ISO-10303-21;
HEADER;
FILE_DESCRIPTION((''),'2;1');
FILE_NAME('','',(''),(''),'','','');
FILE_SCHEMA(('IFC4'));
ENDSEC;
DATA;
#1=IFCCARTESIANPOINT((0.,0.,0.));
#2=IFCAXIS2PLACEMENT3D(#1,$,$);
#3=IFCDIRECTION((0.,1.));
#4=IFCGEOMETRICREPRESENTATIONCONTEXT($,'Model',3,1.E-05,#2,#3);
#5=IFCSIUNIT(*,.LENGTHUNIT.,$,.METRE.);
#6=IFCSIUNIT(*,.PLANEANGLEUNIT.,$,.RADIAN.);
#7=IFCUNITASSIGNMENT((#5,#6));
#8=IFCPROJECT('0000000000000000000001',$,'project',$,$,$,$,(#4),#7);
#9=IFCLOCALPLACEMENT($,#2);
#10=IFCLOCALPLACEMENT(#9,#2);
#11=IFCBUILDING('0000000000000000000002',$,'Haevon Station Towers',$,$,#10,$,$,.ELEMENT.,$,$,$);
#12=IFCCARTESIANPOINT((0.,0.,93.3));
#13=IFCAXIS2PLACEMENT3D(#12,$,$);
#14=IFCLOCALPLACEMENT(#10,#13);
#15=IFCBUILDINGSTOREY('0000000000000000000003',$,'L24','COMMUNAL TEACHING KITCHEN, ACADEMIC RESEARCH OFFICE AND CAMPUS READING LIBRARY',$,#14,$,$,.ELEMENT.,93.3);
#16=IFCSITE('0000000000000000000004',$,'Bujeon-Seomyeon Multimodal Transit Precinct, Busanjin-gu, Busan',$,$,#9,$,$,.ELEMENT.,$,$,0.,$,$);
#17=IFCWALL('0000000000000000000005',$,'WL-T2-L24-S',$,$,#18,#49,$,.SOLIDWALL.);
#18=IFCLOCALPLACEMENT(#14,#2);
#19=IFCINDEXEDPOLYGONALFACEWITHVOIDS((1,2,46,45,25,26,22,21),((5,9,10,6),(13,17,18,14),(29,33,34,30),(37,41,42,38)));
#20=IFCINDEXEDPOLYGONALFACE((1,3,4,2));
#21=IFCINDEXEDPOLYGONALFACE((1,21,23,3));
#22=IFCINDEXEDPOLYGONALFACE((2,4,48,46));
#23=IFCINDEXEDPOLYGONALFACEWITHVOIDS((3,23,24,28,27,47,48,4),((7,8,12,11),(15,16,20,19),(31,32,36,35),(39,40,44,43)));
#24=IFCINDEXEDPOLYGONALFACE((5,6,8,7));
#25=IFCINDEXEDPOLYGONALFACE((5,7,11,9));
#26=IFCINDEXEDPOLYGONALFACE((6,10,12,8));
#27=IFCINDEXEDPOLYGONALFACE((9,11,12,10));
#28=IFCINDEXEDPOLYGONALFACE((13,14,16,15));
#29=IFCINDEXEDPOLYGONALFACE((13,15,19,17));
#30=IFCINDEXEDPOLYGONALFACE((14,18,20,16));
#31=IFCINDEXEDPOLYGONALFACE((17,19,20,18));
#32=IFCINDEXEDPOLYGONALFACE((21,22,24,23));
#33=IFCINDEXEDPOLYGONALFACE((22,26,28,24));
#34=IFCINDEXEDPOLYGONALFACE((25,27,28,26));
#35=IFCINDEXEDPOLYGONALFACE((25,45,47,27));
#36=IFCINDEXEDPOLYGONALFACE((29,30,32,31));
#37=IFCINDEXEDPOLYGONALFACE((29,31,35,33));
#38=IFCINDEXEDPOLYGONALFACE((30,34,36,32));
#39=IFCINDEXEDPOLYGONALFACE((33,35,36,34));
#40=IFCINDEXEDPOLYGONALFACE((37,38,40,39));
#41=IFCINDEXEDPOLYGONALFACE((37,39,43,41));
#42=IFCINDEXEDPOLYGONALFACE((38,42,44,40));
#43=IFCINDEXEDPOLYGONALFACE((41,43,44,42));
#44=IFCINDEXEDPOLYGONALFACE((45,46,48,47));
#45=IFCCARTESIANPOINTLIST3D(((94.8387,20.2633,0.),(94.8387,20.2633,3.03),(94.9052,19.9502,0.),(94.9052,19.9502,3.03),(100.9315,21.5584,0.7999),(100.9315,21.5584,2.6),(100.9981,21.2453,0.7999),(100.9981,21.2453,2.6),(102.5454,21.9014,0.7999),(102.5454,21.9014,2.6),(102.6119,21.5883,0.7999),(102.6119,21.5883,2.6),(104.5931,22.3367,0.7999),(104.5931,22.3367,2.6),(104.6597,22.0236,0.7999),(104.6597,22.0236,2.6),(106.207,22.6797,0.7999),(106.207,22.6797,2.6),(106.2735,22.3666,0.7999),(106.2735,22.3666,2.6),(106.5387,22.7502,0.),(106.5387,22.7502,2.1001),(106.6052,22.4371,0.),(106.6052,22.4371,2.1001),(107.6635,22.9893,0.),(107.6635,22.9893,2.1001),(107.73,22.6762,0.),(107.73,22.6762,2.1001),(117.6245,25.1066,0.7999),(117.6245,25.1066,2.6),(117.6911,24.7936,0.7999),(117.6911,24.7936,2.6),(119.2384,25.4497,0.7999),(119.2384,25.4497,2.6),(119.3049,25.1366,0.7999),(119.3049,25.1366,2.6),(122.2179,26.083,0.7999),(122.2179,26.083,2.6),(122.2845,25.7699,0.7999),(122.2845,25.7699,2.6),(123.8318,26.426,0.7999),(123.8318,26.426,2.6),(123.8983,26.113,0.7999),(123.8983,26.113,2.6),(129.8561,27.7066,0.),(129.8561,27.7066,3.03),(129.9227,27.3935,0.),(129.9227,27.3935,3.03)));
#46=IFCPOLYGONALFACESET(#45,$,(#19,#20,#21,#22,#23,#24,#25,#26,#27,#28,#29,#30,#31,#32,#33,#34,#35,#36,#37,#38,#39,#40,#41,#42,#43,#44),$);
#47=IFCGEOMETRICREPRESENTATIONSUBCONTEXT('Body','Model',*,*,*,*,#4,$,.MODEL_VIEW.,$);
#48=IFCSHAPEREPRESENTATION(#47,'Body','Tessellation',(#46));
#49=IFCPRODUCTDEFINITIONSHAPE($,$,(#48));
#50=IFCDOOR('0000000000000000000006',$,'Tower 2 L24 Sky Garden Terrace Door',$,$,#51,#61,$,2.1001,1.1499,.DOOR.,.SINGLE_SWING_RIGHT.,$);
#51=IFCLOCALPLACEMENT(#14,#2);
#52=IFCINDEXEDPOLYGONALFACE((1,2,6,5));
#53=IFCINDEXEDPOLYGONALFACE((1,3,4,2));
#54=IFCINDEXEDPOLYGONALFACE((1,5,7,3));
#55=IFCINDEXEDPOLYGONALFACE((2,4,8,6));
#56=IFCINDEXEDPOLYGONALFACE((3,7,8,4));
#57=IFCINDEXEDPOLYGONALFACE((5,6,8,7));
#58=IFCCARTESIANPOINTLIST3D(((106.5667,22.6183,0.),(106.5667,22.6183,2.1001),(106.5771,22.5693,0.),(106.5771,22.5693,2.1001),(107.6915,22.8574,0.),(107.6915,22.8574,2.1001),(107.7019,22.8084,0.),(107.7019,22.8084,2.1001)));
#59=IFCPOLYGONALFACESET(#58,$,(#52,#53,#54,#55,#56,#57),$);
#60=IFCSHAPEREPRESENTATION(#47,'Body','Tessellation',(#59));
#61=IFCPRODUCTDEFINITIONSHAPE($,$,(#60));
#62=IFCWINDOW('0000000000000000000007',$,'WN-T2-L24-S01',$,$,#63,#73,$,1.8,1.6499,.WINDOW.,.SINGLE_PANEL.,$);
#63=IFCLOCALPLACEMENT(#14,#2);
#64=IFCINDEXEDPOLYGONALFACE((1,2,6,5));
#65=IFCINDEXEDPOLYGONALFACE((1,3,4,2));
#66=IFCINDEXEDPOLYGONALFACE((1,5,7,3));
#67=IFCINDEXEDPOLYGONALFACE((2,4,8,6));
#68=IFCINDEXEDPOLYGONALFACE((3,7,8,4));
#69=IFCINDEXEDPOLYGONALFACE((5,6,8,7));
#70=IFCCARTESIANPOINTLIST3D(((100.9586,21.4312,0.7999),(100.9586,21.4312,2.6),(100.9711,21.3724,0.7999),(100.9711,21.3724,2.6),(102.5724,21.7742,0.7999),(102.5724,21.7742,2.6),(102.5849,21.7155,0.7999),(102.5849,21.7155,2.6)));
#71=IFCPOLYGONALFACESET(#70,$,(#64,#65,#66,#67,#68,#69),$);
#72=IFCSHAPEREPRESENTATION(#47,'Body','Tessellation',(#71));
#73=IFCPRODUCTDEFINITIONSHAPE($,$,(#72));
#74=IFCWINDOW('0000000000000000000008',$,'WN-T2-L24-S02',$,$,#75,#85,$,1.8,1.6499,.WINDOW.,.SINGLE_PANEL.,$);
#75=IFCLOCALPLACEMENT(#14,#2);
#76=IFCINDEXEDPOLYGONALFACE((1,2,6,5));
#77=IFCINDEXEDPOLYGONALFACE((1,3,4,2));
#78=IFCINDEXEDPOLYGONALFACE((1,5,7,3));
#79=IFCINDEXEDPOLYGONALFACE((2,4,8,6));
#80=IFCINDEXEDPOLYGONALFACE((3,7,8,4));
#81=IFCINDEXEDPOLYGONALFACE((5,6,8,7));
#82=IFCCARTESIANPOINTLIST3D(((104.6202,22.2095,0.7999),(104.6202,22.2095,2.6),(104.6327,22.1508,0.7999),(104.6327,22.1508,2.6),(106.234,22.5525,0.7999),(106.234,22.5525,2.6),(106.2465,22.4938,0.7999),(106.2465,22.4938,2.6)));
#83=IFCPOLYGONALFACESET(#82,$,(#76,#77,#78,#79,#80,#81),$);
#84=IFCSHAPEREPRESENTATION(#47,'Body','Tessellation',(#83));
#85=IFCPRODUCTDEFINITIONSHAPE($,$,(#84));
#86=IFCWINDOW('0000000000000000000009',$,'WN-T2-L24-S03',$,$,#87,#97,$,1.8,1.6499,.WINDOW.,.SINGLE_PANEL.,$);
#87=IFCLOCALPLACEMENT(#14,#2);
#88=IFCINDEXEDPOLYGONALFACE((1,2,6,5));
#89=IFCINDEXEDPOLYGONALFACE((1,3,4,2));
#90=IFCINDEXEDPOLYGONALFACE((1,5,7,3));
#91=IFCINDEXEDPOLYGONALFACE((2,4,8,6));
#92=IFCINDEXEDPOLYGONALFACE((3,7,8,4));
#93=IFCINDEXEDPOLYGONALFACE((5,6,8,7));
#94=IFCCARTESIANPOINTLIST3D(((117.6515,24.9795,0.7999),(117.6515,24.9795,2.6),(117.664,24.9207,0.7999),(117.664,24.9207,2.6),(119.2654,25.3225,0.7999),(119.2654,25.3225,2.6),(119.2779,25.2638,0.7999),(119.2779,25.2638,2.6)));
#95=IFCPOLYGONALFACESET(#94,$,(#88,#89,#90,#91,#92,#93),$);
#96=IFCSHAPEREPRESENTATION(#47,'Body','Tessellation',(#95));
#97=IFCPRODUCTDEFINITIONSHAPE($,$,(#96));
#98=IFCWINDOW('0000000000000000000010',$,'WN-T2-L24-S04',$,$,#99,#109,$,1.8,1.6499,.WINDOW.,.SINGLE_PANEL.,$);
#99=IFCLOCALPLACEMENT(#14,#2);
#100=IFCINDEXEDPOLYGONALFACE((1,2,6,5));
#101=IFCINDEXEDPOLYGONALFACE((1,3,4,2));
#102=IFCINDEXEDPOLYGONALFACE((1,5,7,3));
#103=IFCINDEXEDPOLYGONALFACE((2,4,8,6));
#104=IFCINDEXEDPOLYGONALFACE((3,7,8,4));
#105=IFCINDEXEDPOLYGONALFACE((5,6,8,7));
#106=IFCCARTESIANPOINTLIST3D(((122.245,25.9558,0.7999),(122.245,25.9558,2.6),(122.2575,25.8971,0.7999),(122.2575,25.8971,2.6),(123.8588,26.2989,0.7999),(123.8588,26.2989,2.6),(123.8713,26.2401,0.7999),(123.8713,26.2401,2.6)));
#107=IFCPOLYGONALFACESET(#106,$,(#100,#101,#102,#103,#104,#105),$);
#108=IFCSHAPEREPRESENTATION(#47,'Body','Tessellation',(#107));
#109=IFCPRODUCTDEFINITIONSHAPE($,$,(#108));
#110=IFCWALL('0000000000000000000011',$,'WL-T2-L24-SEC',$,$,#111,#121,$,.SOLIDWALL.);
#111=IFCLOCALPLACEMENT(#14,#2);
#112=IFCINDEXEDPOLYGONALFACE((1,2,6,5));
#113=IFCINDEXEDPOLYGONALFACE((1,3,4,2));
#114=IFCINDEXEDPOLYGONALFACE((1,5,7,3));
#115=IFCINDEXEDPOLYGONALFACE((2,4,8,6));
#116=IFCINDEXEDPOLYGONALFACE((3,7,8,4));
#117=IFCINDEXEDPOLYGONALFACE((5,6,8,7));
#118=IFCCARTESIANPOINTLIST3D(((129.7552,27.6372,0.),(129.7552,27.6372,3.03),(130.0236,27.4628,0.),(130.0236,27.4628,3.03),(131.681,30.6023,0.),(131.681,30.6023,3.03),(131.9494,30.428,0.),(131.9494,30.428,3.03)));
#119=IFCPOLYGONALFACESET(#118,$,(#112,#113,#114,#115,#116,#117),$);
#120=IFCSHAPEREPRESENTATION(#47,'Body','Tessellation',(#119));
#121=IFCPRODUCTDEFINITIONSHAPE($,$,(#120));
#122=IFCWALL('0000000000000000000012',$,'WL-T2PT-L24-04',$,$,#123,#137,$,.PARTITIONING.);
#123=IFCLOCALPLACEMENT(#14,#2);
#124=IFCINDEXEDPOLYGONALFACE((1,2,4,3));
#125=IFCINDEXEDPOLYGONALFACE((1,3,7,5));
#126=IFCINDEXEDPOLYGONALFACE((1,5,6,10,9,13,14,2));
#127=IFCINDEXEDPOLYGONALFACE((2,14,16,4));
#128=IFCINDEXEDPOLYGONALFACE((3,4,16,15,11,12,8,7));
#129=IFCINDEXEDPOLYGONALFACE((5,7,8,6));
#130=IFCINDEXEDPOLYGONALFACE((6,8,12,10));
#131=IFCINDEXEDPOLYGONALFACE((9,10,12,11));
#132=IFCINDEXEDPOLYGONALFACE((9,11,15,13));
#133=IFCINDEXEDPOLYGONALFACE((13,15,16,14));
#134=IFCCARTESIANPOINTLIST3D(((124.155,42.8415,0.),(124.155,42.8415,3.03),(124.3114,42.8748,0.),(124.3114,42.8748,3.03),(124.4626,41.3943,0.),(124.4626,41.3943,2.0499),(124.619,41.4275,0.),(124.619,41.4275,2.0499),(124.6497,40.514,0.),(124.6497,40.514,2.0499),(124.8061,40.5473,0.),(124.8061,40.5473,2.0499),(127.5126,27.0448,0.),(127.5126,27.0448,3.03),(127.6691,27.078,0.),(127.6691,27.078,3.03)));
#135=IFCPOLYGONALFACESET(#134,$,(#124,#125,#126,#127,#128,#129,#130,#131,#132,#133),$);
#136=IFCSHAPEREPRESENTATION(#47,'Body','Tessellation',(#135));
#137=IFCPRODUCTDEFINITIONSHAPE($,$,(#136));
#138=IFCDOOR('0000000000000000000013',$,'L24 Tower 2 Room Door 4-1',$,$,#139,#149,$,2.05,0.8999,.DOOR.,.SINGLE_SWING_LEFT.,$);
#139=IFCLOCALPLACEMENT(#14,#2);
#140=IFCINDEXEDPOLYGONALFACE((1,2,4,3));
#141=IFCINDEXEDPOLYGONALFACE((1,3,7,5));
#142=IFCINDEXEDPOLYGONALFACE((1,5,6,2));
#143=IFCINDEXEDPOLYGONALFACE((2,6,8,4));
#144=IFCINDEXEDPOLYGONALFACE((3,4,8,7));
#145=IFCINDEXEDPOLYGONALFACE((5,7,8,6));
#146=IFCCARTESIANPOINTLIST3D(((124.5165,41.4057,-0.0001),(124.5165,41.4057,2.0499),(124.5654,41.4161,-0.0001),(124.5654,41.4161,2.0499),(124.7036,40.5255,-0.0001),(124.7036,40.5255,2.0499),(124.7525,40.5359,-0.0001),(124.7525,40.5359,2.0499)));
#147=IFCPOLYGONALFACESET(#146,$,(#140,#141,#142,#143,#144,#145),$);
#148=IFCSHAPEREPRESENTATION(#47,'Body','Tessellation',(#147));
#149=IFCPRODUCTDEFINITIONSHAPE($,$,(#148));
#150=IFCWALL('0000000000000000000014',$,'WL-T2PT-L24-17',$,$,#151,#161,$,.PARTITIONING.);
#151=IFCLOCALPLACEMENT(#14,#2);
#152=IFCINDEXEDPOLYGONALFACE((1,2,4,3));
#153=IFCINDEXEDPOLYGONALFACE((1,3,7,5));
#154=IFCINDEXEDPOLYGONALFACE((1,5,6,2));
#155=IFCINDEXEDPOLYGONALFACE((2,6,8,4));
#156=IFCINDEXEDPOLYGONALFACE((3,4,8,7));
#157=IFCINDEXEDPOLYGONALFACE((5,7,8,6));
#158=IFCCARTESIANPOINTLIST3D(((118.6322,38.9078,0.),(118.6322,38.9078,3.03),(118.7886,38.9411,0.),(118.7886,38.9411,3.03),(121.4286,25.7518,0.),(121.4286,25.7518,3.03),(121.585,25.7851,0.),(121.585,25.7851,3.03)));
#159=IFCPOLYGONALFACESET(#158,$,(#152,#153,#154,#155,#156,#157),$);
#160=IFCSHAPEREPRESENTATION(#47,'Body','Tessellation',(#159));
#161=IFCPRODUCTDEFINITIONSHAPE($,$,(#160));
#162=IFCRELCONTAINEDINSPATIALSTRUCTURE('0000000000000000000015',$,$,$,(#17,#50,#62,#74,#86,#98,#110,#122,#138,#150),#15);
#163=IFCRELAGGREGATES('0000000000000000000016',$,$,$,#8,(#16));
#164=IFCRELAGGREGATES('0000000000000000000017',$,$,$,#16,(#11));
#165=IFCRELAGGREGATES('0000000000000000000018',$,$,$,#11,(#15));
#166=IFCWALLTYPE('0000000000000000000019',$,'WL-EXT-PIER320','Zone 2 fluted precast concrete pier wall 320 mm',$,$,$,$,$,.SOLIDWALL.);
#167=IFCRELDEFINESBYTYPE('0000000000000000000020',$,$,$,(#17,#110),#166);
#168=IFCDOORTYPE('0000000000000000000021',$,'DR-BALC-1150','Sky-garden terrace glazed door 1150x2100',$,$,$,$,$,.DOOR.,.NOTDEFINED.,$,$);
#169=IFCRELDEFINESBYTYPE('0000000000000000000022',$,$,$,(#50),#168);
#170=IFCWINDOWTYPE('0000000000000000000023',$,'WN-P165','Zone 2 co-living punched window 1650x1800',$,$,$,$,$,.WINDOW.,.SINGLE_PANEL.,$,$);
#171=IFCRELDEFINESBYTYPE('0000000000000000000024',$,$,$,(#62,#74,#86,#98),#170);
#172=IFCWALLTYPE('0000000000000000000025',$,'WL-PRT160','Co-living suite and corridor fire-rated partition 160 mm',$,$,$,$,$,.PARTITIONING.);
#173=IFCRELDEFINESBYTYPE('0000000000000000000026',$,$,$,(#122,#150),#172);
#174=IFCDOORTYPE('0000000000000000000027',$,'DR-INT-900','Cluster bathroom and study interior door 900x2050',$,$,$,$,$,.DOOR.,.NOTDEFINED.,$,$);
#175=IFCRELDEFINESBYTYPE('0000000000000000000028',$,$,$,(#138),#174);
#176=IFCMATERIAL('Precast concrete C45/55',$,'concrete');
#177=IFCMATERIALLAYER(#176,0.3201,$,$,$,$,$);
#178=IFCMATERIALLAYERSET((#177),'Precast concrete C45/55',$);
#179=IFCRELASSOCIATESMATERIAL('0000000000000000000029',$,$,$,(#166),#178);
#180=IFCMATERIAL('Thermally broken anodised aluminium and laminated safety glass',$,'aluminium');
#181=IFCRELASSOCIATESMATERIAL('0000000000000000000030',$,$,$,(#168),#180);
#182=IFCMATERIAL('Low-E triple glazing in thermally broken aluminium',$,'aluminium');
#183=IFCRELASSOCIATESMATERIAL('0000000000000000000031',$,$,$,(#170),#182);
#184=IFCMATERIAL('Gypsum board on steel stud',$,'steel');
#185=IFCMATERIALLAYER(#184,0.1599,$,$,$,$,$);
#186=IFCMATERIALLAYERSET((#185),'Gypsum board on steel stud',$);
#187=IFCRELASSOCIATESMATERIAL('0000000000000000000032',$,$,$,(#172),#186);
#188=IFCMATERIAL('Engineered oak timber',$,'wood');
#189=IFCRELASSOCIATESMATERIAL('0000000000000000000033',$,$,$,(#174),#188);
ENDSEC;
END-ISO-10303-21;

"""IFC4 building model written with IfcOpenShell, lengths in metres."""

from ifc_helpers import new_model, si_unit, direction, frame, frame_2d, origin, place, context, subcontext, project, spatial, rectangle, extrude, material, layer, layer_set, type_object, element, fill, save


model = new_model("IFC4")

# Units and contexts
model_context = context("Model", 3, precision=1e-05, world=origin(), true_north=direction((0.0, 1.0)))
body_context = subcontext(model_context, "Body", "Model", "MODEL_VIEW")
ifc_project = project(units=[si_unit("LENGTHUNIT", "METRE"), si_unit("PLANEANGLEUNIT", "RADIAN")], contexts=[model_context])

# Site, building, storey
site_placement = place(None, origin())
site = spatial("IfcSite", under=ifc_project, at=site_placement, Name="Bujeon-Seomyeon Multimodal Transit Precinct, Busanjin-gu, Busan", CompositionType="ELEMENT", RefElevation=0.0)
building_placement = place(site_placement, origin())
building = spatial("IfcBuilding", under=site, at=building_placement, Name="Haevon Station Towers", CompositionType="ELEMENT")
storey_placement = place(building_placement, frame((0.0, 0.0, 93.3)))
storey = spatial("IfcBuildingStorey", under=building, at=storey_placement, Name="L24", Description="COMMUNAL TEACHING KITCHEN, ACADEMIC RESEARCH OFFICE AND CAMPUS READING LIBRARY", CompositionType="ELEMENT", Elevation=93.3)

# Wall, openings, door, windows
ifc_material_1 = material(Name="Precast concrete C45/55", Category="concrete")
ifc_layer_1 = layer(ifc_material_1, 0.3201)
ifc_layer_set_1 = layer_set([ifc_layer_1], Name="Precast concrete C45/55")
wall_type_1 = type_object("IfcWallType", Name="WL-EXT-PIER320", Description="Zone 2 fluted precast concrete pier wall 320 mm", PredefinedType="SOLIDWALL", material=ifc_layer_set_1)
wall_1_placement = place(storey_placement, frame((129.8894, 27.55, 0.0), z_axis=(0.0, 0.0, 1.0), x_axis=(-0.978147, -0.207916, 0.0)))
wall_1 = element("IfcWall", 1, at=wall_1_placement, inside=storey, type_object=wall_type_1, Name="WL-T2-L24-S", PredefinedType="SOLIDWALL", context=body_context, shape_type="SweptSolid", body=[
    extrude(rectangle(XDim=35.7998, YDim=0.3201, at=frame_2d((17.8999, 0.0))), origin(), (0.0, 0.0, 1.0), 3.03),
])
opening_1_placement = place(wall_1_placement, frame((22.6885, 0.0, 0.0)))
opening_1 = element("IfcOpeningElement", 2, at=opening_1_placement, cuts=wall_1, PredefinedType="OPENING", context=body_context, shape_type="SweptSolid", body=[
    extrude(rectangle(XDim=1.1499, YDim=2.1001, at=frame_2d((0.575, 1.05))), frame((0.0, 0.1699, 0.0), z_axis=(0.0, -1.0, 0.0), x_axis=(1.0, 0.0, 0.0)), (0.0, 0.0, 1.0), 0.3401),
])
opening_2_placement = place(wall_1_placement, frame((27.9209, 0.0, 0.8)))
opening_2 = element("IfcOpeningElement", 3, at=opening_2_placement, cuts=wall_1, PredefinedType="OPENING", context=body_context, shape_type="SweptSolid", body=[
    extrude(rectangle(XDim=1.6499, YDim=1.8, at=frame_2d((0.825, 0.8999))), frame((0.0, 0.1699, 0.0), z_axis=(0.0, -1.0, 0.0), x_axis=(1.0, 0.0, 0.0)), (0.0, 0.0, 1.0), 0.3401),
])
opening_3_placement = place(wall_1_placement, frame((24.1775, 0.0, 0.8)))
opening_3 = element("IfcOpeningElement", 4, at=opening_3_placement, cuts=wall_1, PredefinedType="OPENING", context=body_context, shape_type="SweptSolid", body=[
    extrude(rectangle(XDim=1.6499, YDim=1.8, at=frame_2d((0.825, 0.8999))), frame((0.0, 0.1699, 0.0), z_axis=(0.0, -1.0, 0.0), x_axis=(1.0, 0.0, 0.0)), (0.0, 0.0, 1.0), 0.3401),
])
opening_4_placement = place(wall_1_placement, frame((10.855, 0.0, 0.8)))
opening_4 = element("IfcOpeningElement", 5, at=opening_4_placement, cuts=wall_1, PredefinedType="OPENING", context=body_context, shape_type="SweptSolid", body=[
    extrude(rectangle(XDim=1.6499, YDim=1.8, at=frame_2d((0.825, 0.8999))), frame((0.0, 0.1699, 0.0), z_axis=(0.0, -1.0, 0.0), x_axis=(1.0, 0.0, 0.0)), (0.0, 0.0, 1.0), 0.3401),
])
opening_5_placement = place(wall_1_placement, frame((6.1589, 0.0, 0.8)))
opening_5 = element("IfcOpeningElement", 6, at=opening_5_placement, cuts=wall_1, PredefinedType="OPENING", context=body_context, shape_type="SweptSolid", body=[
    extrude(rectangle(XDim=1.6499, YDim=1.8, at=frame_2d((0.825, 0.8999))), frame((0.0, 0.1699, 0.0), z_axis=(0.0, -1.0, 0.0), x_axis=(1.0, 0.0, 0.0)), (0.0, 0.0, 1.0), 0.3401),
])
ifc_material_2 = material(Name="Thermally broken anodised aluminium and laminated safety glass", Category="aluminium")
door_type_1 = type_object("IfcDoorType", Name="DR-BALC-1150", Description="Sky-garden terrace glazed door 1150x2100", OperationType="NOTDEFINED", PredefinedType="DOOR", material=ifc_material_2)
door_1_placement = place(opening_1_placement, origin())
door_1 = element("IfcDoor", 7, at=door_1_placement, inside=storey, type_object=door_type_1, Name="Tower 2 L24 Sky Garden Terrace Door", OperationType="SINGLE_SWING_RIGHT", OverallHeight=2.1001, OverallWidth=1.1499, PredefinedType="DOOR", context=body_context, shape_type="SweptSolid", body=[
    extrude(rectangle(XDim=1.1499, YDim=2.1001, at=frame_2d((0.575, 1.05))), frame((0.0, 0.0249, 0.0), z_axis=(0.0, -1.0, 0.0), x_axis=(1.0, 0.0, 0.0)), (0.0, 0.0, 1.0), 0.05),
])
fill(opening_1, door_1)
ifc_material_3 = material(Name="Low-E triple glazing in thermally broken aluminium", Category="aluminium")
window_type = type_object("IfcWindowType", Name="WN-P165", Description="Zone 2 co-living punched window 1650x1800", PartitioningType="SINGLE_PANEL", PredefinedType="WINDOW", material=ifc_material_3)
window_1_placement = place(opening_2_placement, origin())
window_1 = element("IfcWindow", 8, at=window_1_placement, inside=storey, type_object=window_type, Name="WN-T2-L24-S01", OverallHeight=1.8, OverallWidth=1.6499, PartitioningType="SINGLE_PANEL", PredefinedType="WINDOW", context=body_context, shape_type="SweptSolid", body=[
    extrude(rectangle(XDim=1.6499, YDim=1.8, at=frame_2d((0.825, 0.8999))), frame((0.0, 0.03, 0.0), z_axis=(0.0, -1.0, 0.0), x_axis=(1.0, 0.0, 0.0)), (0.0, 0.0, 1.0), 0.0601),
])
fill(opening_2, window_1)
window_2_placement = place(opening_3_placement, origin())
window_2 = element("IfcWindow", 9, at=window_2_placement, inside=storey, type_object=window_type, Name="WN-T2-L24-S02", OverallHeight=1.8, OverallWidth=1.6499, PartitioningType="SINGLE_PANEL", PredefinedType="WINDOW", context=body_context, shape_type="SweptSolid", body=[
    extrude(rectangle(XDim=1.6499, YDim=1.8, at=frame_2d((0.825, 0.8999))), frame((0.0, 0.03, 0.0), z_axis=(0.0, -1.0, 0.0), x_axis=(1.0, 0.0, 0.0)), (0.0, 0.0, 1.0), 0.0601),
])
fill(opening_3, window_2)
window_3_placement = place(opening_4_placement, origin())
window_3 = element("IfcWindow", 10, at=window_3_placement, inside=storey, type_object=window_type, Name="WN-T2-L24-S03", OverallHeight=1.8, OverallWidth=1.6499, PartitioningType="SINGLE_PANEL", PredefinedType="WINDOW", context=body_context, shape_type="SweptSolid", body=[
    extrude(rectangle(XDim=1.6499, YDim=1.8, at=frame_2d((0.825, 0.8999))), frame((0.0, 0.03, 0.0), z_axis=(0.0, -1.0, 0.0), x_axis=(1.0, 0.0, 0.0)), (0.0, 0.0, 1.0), 0.0601),
])
fill(opening_4, window_3)
window_4_placement = place(opening_5_placement, origin())
window_4 = element("IfcWindow", 11, at=window_4_placement, inside=storey, type_object=window_type, Name="WN-T2-L24-S04", OverallHeight=1.8, OverallWidth=1.6499, PartitioningType="SINGLE_PANEL", PredefinedType="WINDOW", context=body_context, shape_type="SweptSolid", body=[
    extrude(rectangle(XDim=1.6499, YDim=1.8, at=frame_2d((0.825, 0.8999))), frame((0.0, 0.03, 0.0), z_axis=(0.0, -1.0, 0.0), x_axis=(1.0, 0.0, 0.0)), (0.0, 0.0, 1.0), 0.0601),
])
fill(opening_5, window_4)

# Wall
wall_2_placement = place(storey_placement, frame((131.8152, 30.5151, 0.0), z_axis=(0.0, 0.0, 1.0), x_axis=(-0.544685, -0.838641, 0.0)))
element("IfcWall", 12, at=wall_2_placement, inside=storey, type_object=wall_type_1, Name="WL-T2-L24-SEC", PredefinedType="SOLIDWALL", context=body_context, shape_type="SweptSolid", body=[
    extrude(rectangle(XDim=3.5356, YDim=0.3201, at=frame_2d((1.7678, 0.0))), origin(), (0.0, 0.0, 1.0), 3.03),
])

# Wall, opening, door
ifc_material_4 = material(Name="Gypsum board on steel stud", Category="steel")
ifc_layer_2 = layer(ifc_material_4, 0.1599)
ifc_layer_set_2 = layer_set([ifc_layer_2], Name="Gypsum board on steel stud")
wall_type_2 = type_object("IfcWallType", Name="WL-PRT160", Description="Co-living suite and corridor fire-rated partition 160 mm", PredefinedType="PARTITIONING", material=ifc_layer_set_2)
wall_3_placement = place(storey_placement, frame((127.5908, 27.0615, 0.0), z_axis=(0.0, 0.0, 1.0), x_axis=(-0.207908, 0.978148, 0.0)))
wall_3 = element("IfcWall", 13, at=wall_3_placement, inside=storey, type_object=wall_type_2, Name="WL-T2PT-L24-04", PredefinedType="PARTITIONING", context=body_context, shape_type="SweptSolid", body=[
    extrude(rectangle(XDim=16.1497, YDim=0.1599, at=frame_2d((8.0747, 0.0))), origin(), (0.0, 0.0, 1.0), 3.03),
])
opening_6_placement = place(wall_3_placement, frame((13.77, 0.0, 0.0)))
opening_6 = element("IfcOpeningElement", 14, at=opening_6_placement, cuts=wall_3, PredefinedType="OPENING", context=body_context, shape_type="SweptSolid", body=[
    extrude(rectangle(XDim=0.8999, YDim=2.05, at=frame_2d((0.45, 1.0249))), frame((0.0, 0.0898, 0.0), z_axis=(0.0, -1.0, 0.0), x_axis=(1.0, 0.0, 0.0)), (0.0, 0.0, 1.0), 0.1799),
])
ifc_material_5 = material(Name="Engineered oak timber", Category="wood")
door_type_2 = type_object("IfcDoorType", Name="DR-INT-900", Description="Cluster bathroom and study interior door 900x2050", OperationType="NOTDEFINED", PredefinedType="DOOR", material=ifc_material_5)
door_2_placement = place(opening_6_placement, origin())
door_2 = element("IfcDoor", 15, at=door_2_placement, inside=storey, type_object=door_type_2, Name="L24 Tower 2 Room Door 4-1", OperationType="SINGLE_SWING_LEFT", OverallHeight=2.05, OverallWidth=0.8999, PredefinedType="DOOR", context=body_context, shape_type="SweptSolid", body=[
    extrude(rectangle(XDim=0.8999, YDim=2.05, at=frame_2d((0.45, 1.0249))), frame((0.0, 0.0249, 0.0), z_axis=(0.0, -1.0, 0.0), x_axis=(1.0, 0.0, 0.0)), (0.0, 0.0, 1.0), 0.05),
])
fill(opening_6, door_2)

# Wall
wall_4_placement = place(storey_placement, frame((121.5068, 25.7683, 0.0), z_axis=(0.0, 0.0, 1.0), x_axis=(-0.207911, 0.978148, 0.0)))
element("IfcWall", 16, at=wall_4_placement, inside=storey, type_object=wall_type_2, Name="WL-T2PT-L24-17", PredefinedType="PARTITIONING", context=body_context, shape_type="SweptSolid", body=[
    extrude(rectangle(XDim=13.45, YDim=0.1599, at=frame_2d((6.7251, 0.0))), origin(), (0.0, 0.0, 1.0), 3.03),
])

save(model, "model.ifc")
